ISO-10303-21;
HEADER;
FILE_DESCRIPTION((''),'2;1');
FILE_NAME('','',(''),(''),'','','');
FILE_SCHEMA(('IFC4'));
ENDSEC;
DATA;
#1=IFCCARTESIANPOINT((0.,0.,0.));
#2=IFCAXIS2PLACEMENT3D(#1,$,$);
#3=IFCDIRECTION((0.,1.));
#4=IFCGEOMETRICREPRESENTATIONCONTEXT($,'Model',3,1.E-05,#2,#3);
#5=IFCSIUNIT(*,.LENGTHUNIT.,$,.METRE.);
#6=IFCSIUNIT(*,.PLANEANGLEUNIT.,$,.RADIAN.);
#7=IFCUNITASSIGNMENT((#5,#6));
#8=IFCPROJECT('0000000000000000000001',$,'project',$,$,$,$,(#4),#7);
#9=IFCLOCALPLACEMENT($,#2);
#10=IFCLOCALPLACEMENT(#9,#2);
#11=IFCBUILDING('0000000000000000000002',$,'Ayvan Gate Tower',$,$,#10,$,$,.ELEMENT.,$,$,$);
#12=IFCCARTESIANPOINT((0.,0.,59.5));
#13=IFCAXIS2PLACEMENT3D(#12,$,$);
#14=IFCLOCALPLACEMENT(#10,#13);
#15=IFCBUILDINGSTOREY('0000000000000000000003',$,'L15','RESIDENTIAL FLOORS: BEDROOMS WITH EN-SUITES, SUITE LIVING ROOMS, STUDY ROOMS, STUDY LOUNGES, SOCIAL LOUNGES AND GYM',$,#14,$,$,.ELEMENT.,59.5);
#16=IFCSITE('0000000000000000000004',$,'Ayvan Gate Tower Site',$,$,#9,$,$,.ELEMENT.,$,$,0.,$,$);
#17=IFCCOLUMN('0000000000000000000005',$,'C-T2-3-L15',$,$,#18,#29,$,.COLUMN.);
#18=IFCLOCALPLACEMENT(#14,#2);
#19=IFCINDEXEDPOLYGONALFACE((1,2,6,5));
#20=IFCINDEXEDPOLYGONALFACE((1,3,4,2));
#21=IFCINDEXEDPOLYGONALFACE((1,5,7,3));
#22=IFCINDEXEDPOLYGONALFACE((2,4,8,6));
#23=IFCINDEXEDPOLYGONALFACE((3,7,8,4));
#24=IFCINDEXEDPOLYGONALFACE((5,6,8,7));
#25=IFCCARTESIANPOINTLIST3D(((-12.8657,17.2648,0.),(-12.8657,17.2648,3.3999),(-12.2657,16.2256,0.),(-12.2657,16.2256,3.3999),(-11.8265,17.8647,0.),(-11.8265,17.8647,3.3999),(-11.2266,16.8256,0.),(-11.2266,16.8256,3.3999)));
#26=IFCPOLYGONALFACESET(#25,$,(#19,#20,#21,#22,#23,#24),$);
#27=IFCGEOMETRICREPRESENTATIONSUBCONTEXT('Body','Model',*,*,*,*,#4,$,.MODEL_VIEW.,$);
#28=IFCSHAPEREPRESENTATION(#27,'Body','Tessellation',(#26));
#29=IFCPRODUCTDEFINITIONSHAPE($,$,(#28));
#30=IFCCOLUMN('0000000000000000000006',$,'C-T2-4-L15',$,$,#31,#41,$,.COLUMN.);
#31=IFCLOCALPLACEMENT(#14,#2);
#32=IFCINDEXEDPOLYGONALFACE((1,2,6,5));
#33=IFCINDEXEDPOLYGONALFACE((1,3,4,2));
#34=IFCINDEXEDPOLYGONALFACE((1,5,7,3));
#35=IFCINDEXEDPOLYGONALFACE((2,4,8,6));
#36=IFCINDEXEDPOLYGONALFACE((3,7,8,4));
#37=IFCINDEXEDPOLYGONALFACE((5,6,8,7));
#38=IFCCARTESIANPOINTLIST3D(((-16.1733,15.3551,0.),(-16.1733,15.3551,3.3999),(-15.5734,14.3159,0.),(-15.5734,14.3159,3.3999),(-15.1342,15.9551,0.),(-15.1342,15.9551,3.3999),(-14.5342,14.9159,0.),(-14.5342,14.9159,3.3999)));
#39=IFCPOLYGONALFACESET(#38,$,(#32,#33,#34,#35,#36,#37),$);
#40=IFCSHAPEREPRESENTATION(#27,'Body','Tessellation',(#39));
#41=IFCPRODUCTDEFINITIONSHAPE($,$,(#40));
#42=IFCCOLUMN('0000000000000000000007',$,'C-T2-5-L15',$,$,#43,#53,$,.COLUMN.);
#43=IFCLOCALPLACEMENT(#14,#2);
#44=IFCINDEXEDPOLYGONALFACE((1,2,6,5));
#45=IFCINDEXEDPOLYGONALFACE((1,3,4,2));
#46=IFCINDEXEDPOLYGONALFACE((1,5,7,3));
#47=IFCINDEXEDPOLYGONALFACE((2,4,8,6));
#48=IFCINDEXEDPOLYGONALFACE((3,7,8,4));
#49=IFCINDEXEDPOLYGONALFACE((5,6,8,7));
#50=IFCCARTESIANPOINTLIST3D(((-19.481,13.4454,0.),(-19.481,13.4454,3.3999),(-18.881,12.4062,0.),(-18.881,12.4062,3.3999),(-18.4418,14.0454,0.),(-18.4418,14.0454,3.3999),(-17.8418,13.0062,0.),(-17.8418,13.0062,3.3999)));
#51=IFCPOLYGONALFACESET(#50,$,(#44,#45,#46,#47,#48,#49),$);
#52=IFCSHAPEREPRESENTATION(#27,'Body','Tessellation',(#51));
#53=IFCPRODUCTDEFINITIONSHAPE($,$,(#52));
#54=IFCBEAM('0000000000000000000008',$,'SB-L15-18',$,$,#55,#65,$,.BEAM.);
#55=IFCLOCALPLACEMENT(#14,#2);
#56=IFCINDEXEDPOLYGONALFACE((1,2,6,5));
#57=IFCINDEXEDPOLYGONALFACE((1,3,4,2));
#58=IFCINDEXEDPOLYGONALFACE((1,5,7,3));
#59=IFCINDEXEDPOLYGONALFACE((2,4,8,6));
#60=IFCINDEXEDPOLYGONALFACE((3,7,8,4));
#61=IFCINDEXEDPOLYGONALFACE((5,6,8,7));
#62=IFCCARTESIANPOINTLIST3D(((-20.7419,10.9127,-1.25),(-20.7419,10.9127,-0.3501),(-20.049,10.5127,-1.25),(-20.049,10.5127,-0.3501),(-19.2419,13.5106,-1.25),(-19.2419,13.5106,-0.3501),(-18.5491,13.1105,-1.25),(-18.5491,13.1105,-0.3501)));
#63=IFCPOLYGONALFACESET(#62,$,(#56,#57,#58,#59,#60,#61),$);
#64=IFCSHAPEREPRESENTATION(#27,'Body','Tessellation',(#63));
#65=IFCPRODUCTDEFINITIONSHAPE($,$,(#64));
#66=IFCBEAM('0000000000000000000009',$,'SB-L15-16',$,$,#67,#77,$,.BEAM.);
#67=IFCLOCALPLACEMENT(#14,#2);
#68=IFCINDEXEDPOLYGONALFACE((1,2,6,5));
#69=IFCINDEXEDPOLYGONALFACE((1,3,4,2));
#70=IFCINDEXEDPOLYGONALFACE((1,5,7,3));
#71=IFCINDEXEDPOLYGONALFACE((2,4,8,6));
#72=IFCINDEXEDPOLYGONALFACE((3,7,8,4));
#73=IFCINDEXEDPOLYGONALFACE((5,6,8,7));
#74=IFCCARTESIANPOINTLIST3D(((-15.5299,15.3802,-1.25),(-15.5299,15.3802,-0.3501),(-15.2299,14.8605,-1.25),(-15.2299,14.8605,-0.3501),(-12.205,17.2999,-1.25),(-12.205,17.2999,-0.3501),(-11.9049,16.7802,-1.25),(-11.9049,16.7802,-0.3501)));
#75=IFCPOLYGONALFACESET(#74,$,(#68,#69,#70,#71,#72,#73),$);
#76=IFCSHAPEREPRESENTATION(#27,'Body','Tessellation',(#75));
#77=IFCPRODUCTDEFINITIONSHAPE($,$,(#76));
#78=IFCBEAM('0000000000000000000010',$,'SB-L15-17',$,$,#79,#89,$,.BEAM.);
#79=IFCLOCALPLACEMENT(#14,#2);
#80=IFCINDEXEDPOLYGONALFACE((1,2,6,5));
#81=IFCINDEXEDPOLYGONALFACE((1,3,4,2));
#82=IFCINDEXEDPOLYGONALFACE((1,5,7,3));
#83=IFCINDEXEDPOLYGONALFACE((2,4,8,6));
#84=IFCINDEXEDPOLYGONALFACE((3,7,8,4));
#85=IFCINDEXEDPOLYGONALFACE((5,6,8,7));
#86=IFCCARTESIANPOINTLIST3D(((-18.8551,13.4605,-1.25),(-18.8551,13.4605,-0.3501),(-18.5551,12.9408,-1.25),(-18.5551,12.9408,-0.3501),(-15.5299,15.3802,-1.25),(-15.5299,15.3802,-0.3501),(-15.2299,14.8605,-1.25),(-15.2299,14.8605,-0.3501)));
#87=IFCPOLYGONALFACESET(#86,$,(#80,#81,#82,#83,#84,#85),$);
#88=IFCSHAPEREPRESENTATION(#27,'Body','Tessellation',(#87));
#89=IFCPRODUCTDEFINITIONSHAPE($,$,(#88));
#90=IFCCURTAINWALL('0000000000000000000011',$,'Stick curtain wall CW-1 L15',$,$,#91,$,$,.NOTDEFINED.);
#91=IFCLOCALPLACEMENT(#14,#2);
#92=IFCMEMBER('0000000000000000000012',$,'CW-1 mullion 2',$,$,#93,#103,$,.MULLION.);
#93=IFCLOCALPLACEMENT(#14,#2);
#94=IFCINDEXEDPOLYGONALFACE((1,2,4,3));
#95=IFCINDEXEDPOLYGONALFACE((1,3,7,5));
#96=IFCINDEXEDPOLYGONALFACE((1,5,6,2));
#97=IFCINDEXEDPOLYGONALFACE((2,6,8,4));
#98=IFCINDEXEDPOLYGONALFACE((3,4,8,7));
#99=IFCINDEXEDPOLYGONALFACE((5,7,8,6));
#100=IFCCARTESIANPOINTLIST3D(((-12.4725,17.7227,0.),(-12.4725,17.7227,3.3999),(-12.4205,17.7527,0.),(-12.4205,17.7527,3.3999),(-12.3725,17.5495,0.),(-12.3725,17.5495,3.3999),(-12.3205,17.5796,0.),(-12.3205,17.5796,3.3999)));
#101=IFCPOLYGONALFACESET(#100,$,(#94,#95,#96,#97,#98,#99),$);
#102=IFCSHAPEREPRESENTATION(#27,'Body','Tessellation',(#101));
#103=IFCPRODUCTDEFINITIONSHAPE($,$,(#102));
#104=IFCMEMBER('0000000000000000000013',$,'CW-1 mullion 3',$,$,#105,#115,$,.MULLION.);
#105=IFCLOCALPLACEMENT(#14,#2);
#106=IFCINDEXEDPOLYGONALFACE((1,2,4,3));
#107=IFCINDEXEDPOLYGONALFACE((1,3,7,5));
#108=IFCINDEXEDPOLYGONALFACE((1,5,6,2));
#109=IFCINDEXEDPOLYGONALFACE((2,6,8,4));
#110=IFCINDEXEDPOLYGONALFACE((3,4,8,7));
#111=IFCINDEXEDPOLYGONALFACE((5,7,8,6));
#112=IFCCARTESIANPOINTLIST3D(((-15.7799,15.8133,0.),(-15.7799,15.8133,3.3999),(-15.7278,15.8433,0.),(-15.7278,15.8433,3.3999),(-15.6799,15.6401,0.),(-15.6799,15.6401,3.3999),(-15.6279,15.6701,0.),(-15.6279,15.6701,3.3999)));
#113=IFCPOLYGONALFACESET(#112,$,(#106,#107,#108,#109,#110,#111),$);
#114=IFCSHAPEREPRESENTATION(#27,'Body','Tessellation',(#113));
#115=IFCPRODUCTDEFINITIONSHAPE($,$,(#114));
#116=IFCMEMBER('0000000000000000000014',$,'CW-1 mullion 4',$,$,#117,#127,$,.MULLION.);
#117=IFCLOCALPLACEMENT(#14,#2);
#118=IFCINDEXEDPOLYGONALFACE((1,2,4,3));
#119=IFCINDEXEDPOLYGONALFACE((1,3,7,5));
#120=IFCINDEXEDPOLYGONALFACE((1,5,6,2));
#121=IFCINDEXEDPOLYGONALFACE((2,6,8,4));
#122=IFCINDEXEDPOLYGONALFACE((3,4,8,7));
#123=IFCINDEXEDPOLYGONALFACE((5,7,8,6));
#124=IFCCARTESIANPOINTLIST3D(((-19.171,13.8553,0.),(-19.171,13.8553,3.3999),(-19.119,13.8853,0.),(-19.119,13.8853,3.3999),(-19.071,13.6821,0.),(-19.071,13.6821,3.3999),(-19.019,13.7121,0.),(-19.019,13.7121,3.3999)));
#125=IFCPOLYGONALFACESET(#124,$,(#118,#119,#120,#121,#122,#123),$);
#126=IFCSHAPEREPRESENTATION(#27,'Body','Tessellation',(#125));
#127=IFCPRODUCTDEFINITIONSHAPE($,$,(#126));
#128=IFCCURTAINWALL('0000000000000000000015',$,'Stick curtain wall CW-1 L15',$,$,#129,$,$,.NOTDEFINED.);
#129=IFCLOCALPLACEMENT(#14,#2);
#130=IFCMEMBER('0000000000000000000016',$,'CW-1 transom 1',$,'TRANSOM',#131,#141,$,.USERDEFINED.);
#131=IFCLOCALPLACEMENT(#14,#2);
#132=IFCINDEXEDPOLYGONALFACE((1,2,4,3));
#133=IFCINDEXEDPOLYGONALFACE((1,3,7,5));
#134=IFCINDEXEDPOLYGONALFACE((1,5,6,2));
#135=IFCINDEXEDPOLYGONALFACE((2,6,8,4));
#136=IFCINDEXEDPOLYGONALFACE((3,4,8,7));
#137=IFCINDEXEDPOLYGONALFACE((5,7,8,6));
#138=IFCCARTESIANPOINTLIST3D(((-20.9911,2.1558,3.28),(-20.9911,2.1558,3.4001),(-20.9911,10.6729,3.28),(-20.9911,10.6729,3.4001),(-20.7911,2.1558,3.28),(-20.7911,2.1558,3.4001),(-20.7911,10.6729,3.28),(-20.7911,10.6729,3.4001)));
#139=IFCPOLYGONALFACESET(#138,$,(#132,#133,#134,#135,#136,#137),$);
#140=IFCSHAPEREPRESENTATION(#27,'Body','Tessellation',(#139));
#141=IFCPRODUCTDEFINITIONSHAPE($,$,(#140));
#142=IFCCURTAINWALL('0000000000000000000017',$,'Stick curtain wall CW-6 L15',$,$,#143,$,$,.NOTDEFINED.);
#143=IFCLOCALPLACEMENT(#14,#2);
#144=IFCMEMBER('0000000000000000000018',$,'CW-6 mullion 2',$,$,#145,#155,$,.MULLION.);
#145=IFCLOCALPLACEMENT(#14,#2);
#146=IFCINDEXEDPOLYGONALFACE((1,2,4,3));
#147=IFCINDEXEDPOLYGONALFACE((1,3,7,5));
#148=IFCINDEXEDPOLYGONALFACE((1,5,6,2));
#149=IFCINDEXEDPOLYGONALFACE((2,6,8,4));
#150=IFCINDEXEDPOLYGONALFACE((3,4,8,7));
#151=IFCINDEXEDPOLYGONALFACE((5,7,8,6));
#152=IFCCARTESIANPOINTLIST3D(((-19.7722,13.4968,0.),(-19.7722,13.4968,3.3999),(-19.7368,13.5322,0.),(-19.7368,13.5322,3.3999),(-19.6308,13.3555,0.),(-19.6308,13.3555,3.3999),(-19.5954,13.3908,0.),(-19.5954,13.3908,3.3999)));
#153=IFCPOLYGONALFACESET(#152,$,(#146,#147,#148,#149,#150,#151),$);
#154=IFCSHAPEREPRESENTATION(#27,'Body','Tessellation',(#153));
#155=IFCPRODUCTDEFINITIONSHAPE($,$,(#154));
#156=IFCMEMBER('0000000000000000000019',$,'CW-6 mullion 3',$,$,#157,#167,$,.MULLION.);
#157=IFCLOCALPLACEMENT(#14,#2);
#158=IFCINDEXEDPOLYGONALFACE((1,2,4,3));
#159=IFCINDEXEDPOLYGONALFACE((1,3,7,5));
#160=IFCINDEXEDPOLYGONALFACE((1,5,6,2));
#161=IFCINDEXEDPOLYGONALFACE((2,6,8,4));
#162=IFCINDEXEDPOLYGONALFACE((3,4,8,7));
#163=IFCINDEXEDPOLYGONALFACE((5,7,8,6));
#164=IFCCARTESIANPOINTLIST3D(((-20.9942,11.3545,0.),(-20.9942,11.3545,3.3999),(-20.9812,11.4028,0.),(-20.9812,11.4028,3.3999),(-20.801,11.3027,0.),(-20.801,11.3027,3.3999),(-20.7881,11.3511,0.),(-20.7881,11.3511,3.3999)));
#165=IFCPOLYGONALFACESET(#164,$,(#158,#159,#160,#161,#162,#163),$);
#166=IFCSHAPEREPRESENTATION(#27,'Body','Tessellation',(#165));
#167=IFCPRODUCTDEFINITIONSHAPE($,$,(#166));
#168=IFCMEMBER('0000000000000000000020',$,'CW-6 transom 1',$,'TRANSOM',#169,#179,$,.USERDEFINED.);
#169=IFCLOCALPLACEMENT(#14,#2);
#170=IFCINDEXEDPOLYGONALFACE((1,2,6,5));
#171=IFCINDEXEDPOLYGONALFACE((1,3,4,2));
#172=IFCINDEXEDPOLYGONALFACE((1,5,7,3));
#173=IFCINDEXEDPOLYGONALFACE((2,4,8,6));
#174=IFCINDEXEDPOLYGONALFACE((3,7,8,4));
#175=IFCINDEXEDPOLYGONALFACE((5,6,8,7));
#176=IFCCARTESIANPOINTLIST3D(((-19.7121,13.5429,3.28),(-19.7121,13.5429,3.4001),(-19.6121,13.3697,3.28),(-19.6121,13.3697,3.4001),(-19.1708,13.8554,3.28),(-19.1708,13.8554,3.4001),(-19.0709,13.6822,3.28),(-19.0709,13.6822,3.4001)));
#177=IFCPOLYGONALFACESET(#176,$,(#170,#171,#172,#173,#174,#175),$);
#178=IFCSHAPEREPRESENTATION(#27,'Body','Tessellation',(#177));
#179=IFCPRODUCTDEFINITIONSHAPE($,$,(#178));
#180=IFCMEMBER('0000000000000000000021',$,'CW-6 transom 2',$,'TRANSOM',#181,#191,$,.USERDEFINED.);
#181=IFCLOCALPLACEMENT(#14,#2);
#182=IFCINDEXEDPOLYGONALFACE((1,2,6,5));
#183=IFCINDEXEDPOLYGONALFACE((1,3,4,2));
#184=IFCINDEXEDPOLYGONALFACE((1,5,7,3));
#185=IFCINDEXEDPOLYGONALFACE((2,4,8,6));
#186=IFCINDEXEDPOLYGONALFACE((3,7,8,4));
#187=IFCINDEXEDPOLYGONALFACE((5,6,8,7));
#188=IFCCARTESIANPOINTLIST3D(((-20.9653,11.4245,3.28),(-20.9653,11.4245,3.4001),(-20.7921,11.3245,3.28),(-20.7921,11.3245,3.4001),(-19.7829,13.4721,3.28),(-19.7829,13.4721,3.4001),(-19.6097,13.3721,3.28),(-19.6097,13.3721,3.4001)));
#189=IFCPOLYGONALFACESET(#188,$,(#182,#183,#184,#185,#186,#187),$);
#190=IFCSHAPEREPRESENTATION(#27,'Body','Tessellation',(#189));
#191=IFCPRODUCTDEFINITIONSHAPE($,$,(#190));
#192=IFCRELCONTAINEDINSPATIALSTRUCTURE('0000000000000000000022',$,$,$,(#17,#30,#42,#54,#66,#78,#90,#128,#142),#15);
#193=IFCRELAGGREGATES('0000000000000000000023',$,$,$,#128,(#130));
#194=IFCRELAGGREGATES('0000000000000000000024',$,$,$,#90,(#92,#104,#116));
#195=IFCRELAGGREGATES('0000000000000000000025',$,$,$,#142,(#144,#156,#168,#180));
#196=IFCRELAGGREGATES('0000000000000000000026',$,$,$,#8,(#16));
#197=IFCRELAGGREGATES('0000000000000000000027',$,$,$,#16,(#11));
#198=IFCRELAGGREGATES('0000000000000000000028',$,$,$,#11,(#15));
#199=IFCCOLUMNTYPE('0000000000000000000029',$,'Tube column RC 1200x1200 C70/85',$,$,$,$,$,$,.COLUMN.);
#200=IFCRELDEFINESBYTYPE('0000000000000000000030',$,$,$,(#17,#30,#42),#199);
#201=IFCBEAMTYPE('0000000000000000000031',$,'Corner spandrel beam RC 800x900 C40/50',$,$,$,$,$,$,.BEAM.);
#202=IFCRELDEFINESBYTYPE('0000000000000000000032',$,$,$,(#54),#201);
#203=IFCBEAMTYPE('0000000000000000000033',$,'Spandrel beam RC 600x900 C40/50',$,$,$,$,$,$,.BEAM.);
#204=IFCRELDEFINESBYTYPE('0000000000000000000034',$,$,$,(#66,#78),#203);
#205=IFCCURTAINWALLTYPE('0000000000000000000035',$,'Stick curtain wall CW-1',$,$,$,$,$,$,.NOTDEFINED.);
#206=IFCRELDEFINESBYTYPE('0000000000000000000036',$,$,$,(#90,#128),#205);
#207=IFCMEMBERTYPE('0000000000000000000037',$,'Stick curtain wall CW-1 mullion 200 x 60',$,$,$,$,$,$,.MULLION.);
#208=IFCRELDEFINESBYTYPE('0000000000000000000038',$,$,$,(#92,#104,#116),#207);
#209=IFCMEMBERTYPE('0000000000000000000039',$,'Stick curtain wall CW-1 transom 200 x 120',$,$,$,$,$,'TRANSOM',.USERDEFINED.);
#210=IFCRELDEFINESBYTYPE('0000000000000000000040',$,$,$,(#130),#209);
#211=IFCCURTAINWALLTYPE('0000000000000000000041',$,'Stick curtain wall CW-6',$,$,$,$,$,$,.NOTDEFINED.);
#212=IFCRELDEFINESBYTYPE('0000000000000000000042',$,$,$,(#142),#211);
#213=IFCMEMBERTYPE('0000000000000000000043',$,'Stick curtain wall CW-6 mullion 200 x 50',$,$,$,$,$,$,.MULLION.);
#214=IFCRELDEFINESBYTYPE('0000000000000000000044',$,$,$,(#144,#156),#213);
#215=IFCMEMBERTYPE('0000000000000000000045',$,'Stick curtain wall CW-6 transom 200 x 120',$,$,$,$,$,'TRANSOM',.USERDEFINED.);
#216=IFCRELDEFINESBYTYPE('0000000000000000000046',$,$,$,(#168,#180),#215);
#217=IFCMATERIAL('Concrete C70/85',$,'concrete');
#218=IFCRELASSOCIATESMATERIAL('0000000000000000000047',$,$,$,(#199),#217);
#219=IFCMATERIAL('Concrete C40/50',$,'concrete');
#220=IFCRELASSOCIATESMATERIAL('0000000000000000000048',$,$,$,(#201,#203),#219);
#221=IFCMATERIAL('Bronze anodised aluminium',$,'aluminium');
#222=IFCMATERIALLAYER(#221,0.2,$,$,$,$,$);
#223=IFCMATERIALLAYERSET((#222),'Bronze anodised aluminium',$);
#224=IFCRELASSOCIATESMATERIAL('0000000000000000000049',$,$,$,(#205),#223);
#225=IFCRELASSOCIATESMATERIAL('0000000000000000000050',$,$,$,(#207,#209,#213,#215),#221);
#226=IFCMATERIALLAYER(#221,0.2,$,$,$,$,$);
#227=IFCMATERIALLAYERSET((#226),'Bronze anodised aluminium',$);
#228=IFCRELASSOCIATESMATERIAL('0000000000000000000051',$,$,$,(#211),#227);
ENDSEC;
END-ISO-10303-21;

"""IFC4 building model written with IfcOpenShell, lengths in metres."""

from ifc_helpers import new_model, si_unit, direction, frame, origin, origin_2d, place, context, subcontext, project, spatial, rectangle, extrude, material, layer, layer_set, material_profile, profile_set, type_object, element, aggregate, save


model = new_model("IFC4")

# Units and contexts
model_context = context("Model", 3, precision=1e-05, world=origin(), true_north=direction((0.0, 1.0)))
body_context = subcontext(model_context, "Body", "Model", "MODEL_VIEW")
ifc_project = project(units=[si_unit("LENGTHUNIT", "METRE"), si_unit("PLANEANGLEUNIT", "RADIAN")], contexts=[model_context])

# Site, building, storey
site_placement = place(None, origin())
site = spatial("IfcSite", under=ifc_project, at=site_placement, Name="Ayvan Gate Tower Site", CompositionType="ELEMENT", RefElevation=0.0)
building_placement = place(site_placement, origin())
building = spatial("IfcBuilding", under=site, at=building_placement, Name="Ayvan Gate Tower", CompositionType="ELEMENT")
storey_placement = place(building_placement, frame((0.0, 0.0, 59.5)))
storey = spatial("IfcBuildingStorey", under=building, at=storey_placement, Name="L15", Description="RESIDENTIAL FLOORS: BEDROOMS WITH EN-SUITES, SUITE LIVING ROOMS, STUDY ROOMS, STUDY LOUNGES, SOCIAL LOUNGES AND GYM", CompositionType="ELEMENT", Elevation=59.5)

# Columns
ifc_material_1 = material(Name="Concrete C70/85", Category="concrete")
ifc_material_profile_1 = material_profile(ifc_material_1, rectangle(XDim=1.2, YDim=1.2, at=origin_2d()), Name="RC 1200x1200")
ifc_profile_set_1 = profile_set([ifc_material_profile_1], Name="Concrete C70/85")
column_type = type_object("IfcColumnType", Name="Tube column RC 1200x1200 C70/85", PredefinedType="COLUMN", material=ifc_profile_set_1)
for number, where, z_axis, x_axis, name in (
    (1, (-12.0461, 17.0452, 0.0), (0.0, 0.0, 1.0), (-0.5, 0.866025, 0.0), "C-T2-3-L15"),
    (2, (-15.3538, 15.1355, 0.0), (0.0, 0.0, 1.0), (-0.5, 0.866025, 0.0), "C-T2-4-L15"),
    (3, (-18.6614, 13.2258, 0.0), (0.0, 0.0, 1.0), (-0.5, 0.866025, 0.0), "C-T2-5-L15"),
):
    element("IfcColumn", number, at=place(storey_placement, frame(where, z_axis=z_axis, x_axis=x_axis)), inside=storey, type_object=column_type, Name=name, PredefinedType="COLUMN", context=body_context, shape_type="SweptSolid", body=[
        extrude(rectangle(XDim=1.2, YDim=1.2, at=origin_2d()), origin(), (0.0, 0.0, 1.0), 3.3999),
    ])

# Beams
ifc_material_2 = material(Name="Concrete C40/50", Category="concrete")
ifc_material_profile_2 = material_profile(ifc_material_2, rectangle(XDim=0.8, YDim=0.8999, at=origin_2d()), Name="RC 800x900")
ifc_profile_set_2 = profile_set([ifc_material_profile_2], Name="Concrete C40/50")
beam_type_1 = type_object("IfcBeamType", Name="Corner spandrel beam RC 800x900 C40/50", PredefinedType="BEAM", material=ifc_profile_set_2)
beam_1_placement = place(storey_placement, frame((-18.8955, 13.3105, -0.8), z_axis=(-0.500025, -0.866011, 0.0), x_axis=(0.866011, -0.500025, 0.0)))
element("IfcBeam", 4, at=beam_1_placement, inside=storey, type_object=beam_type_1, Name="SB-L15-18", PredefinedType="BEAM", context=body_context, shape_type="SweptSolid", body=[
    extrude(rectangle(XDim=0.8, YDim=0.8999, at=origin_2d()), origin(), (0.0, 0.0, 1.0), 2.9998),
])
ifc_material_profile_3 = material_profile(ifc_material_2, rectangle(XDim=0.6001, YDim=0.8999, at=origin_2d()), Name="RC 600x900")
ifc_profile_set_3 = profile_set([ifc_material_profile_3], Name="Concrete C40/50")
beam_type_2 = type_object("IfcBeamType", Name="Spandrel beam RC 600x900 C40/50", PredefinedType="BEAM", material=ifc_profile_set_3)
beam_2_placement = place(storey_placement, frame((-12.0549, 17.04, -0.8), z_axis=(-0.866024, -0.500003, 0.0), x_axis=(0.500003, -0.866024, 0.0)))
element("IfcBeam", 5, at=beam_2_placement, inside=storey, type_object=beam_type_2, Name="SB-L15-16", PredefinedType="BEAM", context=body_context, shape_type="SweptSolid", body=[
    extrude(rectangle(XDim=0.6001, YDim=0.8999, at=origin_2d()), origin(), (0.0, 0.0, 1.0), 3.8394),
])
beam_3_placement = place(storey_placement, frame((-15.3799, 15.1204, -0.8), z_axis=(-0.866039, -0.499976, 0.0), x_axis=(0.499976, -0.866039, 0.0)))
element("IfcBeam", 6, at=beam_3_placement, inside=storey, type_object=beam_type_2, Name="SB-L15-17", PredefinedType="BEAM", context=body_context, shape_type="SweptSolid", body=[
    extrude(rectangle(XDim=0.6001, YDim=0.8999, at=origin_2d()), origin(), (0.0, 0.0, 1.0), 3.8396),
])

# Curtain wall, members
ifc_material_3 = material(Name="Bronze anodised aluminium", Category="aluminium")
ifc_layer_1 = layer(ifc_material_3, 0.2)
ifc_layer_set_1 = layer_set([ifc_layer_1], Name="Bronze anodised aluminium")
curtain_wall_type_1 = type_object("IfcCurtainWallType", Name="Stick curtain wall CW-1", PredefinedType="NOTDEFINED", material=ifc_layer_set_1)
curtain_wall_1_placement = place(storey_placement, origin())
curtain_wall_1 = element("IfcCurtainWall", 7, at=curtain_wall_1_placement, inside=storey, type_object=curtain_wall_type_1, Name="Stick curtain wall CW-1 L15", PredefinedType="NOTDEFINED")
ifc_material_profile_4 = material_profile(ifc_material_3, rectangle(XDim=0.2, YDim=0.0601, at=origin_2d()), Name="Stick curtain wall CW-1 mullion 200 x 60")
ifc_profile_set_4 = profile_set([ifc_material_profile_4], Name="Bronze anodised aluminium")
member_type_1 = type_object("IfcMemberType", Name="Stick curtain wall CW-1 mullion 200 x 60", PredefinedType="MULLION", material=ifc_profile_set_4)
member_1_placement = place(storey_placement, frame((-12.3965, 17.6511, 0.0), z_axis=(0.0, 0.0, 1.0), x_axis=(-0.5, 0.866025, 0.0)))
member_1 = element("IfcMember", 8, at=member_1_placement, type_object=member_type_1, Name="CW-1 mullion 2", PredefinedType="MULLION", context=body_context, shape_type="SweptSolid", body=[
    extrude(rectangle(XDim=0.2, YDim=0.0601, at=origin_2d()), origin(), (0.0, 0.0, 1.0), 3.3999),
])
member_2_placement = place(storey_placement, frame((-15.7039, 15.7417, 0.0), z_axis=(0.0, 0.0, 1.0), x_axis=(-0.5, 0.866025, 0.0)))
member_2 = element("IfcMember", 9, at=member_2_placement, type_object=member_type_1, Name="CW-1 mullion 3", PredefinedType="MULLION", context=body_context, shape_type="SweptSolid", body=[
    extrude(rectangle(XDim=0.2, YDim=0.0601, at=origin_2d()), origin(), (0.0, 0.0, 1.0), 3.3999),
])
member_3_placement = place(storey_placement, frame((-19.095, 13.7837, 0.0), z_axis=(0.0, 0.0, 1.0), x_axis=(-0.5, 0.866025, 0.0)))
member_3 = element("IfcMember", 10, at=member_3_placement, type_object=member_type_1, Name="CW-1 mullion 4", PredefinedType="MULLION", context=body_context, shape_type="SweptSolid", body=[
    extrude(rectangle(XDim=0.2, YDim=0.0601, at=origin_2d()), origin(), (0.0, 0.0, 1.0), 3.3999),
])

# Curtain wall, member
curtain_wall_2_placement = place(storey_placement, origin())
curtain_wall_2 = element("IfcCurtainWall", 11, at=curtain_wall_2_placement, inside=storey, type_object=curtain_wall_type_1, Name="Stick curtain wall CW-1 L15", PredefinedType="NOTDEFINED")
ifc_material_profile_5 = material_profile(ifc_material_3, rectangle(XDim=0.2, YDim=0.1201, at=origin_2d()), Name="Stick curtain wall CW-1 transom 200 x 120")
ifc_profile_set_5 = profile_set([ifc_material_profile_5], Name="Bronze anodised aluminium")
member_type_2 = type_object("IfcMemberType", Name="Stick curtain wall CW-1 transom 200 x 120", ElementType="TRANSOM", PredefinedType="USERDEFINED", material=ifc_profile_set_5)
member_4_placement = place(storey_placement, frame((-20.8911, 10.6729, 3.3401), z_axis=(0.0, -1.0, 0.0), x_axis=(1.0, 0.0, 0.0)))
member_4 = element("IfcMember", 12, at=member_4_placement, type_object=member_type_2, Name="CW-1 transom 1", ObjectType="TRANSOM", PredefinedType="USERDEFINED", context=body_context, shape_type="SweptSolid", body=[
    extrude(rectangle(XDim=0.2, YDim=0.1201, at=origin_2d()), origin(), (0.0, 0.0, 1.0), 8.5171),
])
aggregate(curtain_wall_2, [member_4])

# Curtain wall, members
ifc_layer_2 = layer(ifc_material_3, 0.2)
ifc_layer_set_2 = layer_set([ifc_layer_2], Name="Bronze anodised aluminium")
curtain_wall_type_2 = type_object("IfcCurtainWallType", Name="Stick curtain wall CW-6", PredefinedType="NOTDEFINED", material=ifc_layer_set_2)
curtain_wall_3_placement = place(storey_placement, origin())
curtain_wall_3 = element("IfcCurtainWall", 13, at=curtain_wall_3_placement, inside=storey, type_object=curtain_wall_type_2, Name="Stick curtain wall CW-6 L15", PredefinedType="NOTDEFINED")
ifc_material_profile_6 = material_profile(ifc_material_3, rectangle(XDim=0.2, YDim=0.05, at=origin_2d()), Name="Stick curtain wall CW-6 mullion 200 x 50")
ifc_profile_set_6 = profile_set([ifc_material_profile_6], Name="Bronze anodised aluminium")
member_type_3 = type_object("IfcMemberType", Name="Stick curtain wall CW-6 mullion 200 x 50", PredefinedType="MULLION", material=ifc_profile_set_6)
member_5_placement = place(storey_placement, frame((-19.6838, 13.4438, 0.0), z_axis=(0.0, 0.0, 1.0), x_axis=(-0.707107, 0.707107, 0.0)))
member_5 = element("IfcMember", 14, at=member_5_placement, type_object=member_type_3, Name="CW-6 mullion 2", PredefinedType="MULLION", context=body_context, shape_type="SweptSolid", body=[
    extrude(rectangle(XDim=0.2, YDim=0.05, at=origin_2d()), origin(), (0.0, 0.0, 1.0), 3.3999),
])
member_6_placement = place(storey_placement, frame((-20.8911, 11.3528, 0.0), z_axis=(0.0, 0.0, 1.0), x_axis=(-0.965926, 0.258819, 0.0)))
member_6 = element("IfcMember", 15, at=member_6_placement, type_object=member_type_3, Name="CW-6 mullion 3", PredefinedType="MULLION", context=body_context, shape_type="SweptSolid", body=[
    extrude(rectangle(XDim=0.2, YDim=0.05, at=origin_2d()), origin(), (0.0, 0.0, 1.0), 3.3999),
])
ifc_material_profile_7 = material_profile(ifc_material_3, rectangle(XDim=0.2, YDim=0.1201, at=origin_2d()), Name="Stick curtain wall CW-6 transom 200 x 120")
ifc_profile_set_7 = profile_set([ifc_material_profile_7], Name="Bronze anodised aluminium")
member_type_4 = type_object("IfcMemberType", Name="Stick curtain wall CW-6 transom 200 x 120", ElementType="TRANSOM", PredefinedType="USERDEFINED", material=ifc_profile_set_7)
member_7_placement = place(storey_placement, frame((-19.1208, 13.7688, 3.3401), z_axis=(-0.866023, -0.500004, 0.0), x_axis=(0.500004, -0.866023, 0.0)))
member_7 = element("IfcMember", 16, at=member_7_placement, type_object=member_type_4, Name="CW-6 transom 1", ObjectType="TRANSOM", PredefinedType="USERDEFINED", context=body_context, shape_type="SweptSolid", body=[
    extrude(rectangle(XDim=0.2, YDim=0.1201, at=origin_2d()), origin(), (0.0, 0.0, 1.0), 0.625),
])
member_8_placement = place(storey_placement, frame((-19.6963, 13.4221, 3.3401), z_axis=(-0.500059, -0.865991, 0.0), x_axis=(0.865991, -0.500059, 0.0)))
member_8 = element("IfcMember", 17, at=member_8_placement, type_object=member_type_4, Name="CW-6 transom 2", ObjectType="TRANSOM", PredefinedType="USERDEFINED", context=body_context, shape_type="SweptSolid", body=[
    extrude(rectangle(XDim=0.2, YDim=0.1201, at=origin_2d()), origin(), (0.0, 0.0, 1.0), 2.3645),
])

aggregate(curtain_wall_1, [member_1, member_2, member_3])
aggregate(curtain_wall_3, [member_5, member_6, member_7, member_8])

save(model, "model.ifc")
